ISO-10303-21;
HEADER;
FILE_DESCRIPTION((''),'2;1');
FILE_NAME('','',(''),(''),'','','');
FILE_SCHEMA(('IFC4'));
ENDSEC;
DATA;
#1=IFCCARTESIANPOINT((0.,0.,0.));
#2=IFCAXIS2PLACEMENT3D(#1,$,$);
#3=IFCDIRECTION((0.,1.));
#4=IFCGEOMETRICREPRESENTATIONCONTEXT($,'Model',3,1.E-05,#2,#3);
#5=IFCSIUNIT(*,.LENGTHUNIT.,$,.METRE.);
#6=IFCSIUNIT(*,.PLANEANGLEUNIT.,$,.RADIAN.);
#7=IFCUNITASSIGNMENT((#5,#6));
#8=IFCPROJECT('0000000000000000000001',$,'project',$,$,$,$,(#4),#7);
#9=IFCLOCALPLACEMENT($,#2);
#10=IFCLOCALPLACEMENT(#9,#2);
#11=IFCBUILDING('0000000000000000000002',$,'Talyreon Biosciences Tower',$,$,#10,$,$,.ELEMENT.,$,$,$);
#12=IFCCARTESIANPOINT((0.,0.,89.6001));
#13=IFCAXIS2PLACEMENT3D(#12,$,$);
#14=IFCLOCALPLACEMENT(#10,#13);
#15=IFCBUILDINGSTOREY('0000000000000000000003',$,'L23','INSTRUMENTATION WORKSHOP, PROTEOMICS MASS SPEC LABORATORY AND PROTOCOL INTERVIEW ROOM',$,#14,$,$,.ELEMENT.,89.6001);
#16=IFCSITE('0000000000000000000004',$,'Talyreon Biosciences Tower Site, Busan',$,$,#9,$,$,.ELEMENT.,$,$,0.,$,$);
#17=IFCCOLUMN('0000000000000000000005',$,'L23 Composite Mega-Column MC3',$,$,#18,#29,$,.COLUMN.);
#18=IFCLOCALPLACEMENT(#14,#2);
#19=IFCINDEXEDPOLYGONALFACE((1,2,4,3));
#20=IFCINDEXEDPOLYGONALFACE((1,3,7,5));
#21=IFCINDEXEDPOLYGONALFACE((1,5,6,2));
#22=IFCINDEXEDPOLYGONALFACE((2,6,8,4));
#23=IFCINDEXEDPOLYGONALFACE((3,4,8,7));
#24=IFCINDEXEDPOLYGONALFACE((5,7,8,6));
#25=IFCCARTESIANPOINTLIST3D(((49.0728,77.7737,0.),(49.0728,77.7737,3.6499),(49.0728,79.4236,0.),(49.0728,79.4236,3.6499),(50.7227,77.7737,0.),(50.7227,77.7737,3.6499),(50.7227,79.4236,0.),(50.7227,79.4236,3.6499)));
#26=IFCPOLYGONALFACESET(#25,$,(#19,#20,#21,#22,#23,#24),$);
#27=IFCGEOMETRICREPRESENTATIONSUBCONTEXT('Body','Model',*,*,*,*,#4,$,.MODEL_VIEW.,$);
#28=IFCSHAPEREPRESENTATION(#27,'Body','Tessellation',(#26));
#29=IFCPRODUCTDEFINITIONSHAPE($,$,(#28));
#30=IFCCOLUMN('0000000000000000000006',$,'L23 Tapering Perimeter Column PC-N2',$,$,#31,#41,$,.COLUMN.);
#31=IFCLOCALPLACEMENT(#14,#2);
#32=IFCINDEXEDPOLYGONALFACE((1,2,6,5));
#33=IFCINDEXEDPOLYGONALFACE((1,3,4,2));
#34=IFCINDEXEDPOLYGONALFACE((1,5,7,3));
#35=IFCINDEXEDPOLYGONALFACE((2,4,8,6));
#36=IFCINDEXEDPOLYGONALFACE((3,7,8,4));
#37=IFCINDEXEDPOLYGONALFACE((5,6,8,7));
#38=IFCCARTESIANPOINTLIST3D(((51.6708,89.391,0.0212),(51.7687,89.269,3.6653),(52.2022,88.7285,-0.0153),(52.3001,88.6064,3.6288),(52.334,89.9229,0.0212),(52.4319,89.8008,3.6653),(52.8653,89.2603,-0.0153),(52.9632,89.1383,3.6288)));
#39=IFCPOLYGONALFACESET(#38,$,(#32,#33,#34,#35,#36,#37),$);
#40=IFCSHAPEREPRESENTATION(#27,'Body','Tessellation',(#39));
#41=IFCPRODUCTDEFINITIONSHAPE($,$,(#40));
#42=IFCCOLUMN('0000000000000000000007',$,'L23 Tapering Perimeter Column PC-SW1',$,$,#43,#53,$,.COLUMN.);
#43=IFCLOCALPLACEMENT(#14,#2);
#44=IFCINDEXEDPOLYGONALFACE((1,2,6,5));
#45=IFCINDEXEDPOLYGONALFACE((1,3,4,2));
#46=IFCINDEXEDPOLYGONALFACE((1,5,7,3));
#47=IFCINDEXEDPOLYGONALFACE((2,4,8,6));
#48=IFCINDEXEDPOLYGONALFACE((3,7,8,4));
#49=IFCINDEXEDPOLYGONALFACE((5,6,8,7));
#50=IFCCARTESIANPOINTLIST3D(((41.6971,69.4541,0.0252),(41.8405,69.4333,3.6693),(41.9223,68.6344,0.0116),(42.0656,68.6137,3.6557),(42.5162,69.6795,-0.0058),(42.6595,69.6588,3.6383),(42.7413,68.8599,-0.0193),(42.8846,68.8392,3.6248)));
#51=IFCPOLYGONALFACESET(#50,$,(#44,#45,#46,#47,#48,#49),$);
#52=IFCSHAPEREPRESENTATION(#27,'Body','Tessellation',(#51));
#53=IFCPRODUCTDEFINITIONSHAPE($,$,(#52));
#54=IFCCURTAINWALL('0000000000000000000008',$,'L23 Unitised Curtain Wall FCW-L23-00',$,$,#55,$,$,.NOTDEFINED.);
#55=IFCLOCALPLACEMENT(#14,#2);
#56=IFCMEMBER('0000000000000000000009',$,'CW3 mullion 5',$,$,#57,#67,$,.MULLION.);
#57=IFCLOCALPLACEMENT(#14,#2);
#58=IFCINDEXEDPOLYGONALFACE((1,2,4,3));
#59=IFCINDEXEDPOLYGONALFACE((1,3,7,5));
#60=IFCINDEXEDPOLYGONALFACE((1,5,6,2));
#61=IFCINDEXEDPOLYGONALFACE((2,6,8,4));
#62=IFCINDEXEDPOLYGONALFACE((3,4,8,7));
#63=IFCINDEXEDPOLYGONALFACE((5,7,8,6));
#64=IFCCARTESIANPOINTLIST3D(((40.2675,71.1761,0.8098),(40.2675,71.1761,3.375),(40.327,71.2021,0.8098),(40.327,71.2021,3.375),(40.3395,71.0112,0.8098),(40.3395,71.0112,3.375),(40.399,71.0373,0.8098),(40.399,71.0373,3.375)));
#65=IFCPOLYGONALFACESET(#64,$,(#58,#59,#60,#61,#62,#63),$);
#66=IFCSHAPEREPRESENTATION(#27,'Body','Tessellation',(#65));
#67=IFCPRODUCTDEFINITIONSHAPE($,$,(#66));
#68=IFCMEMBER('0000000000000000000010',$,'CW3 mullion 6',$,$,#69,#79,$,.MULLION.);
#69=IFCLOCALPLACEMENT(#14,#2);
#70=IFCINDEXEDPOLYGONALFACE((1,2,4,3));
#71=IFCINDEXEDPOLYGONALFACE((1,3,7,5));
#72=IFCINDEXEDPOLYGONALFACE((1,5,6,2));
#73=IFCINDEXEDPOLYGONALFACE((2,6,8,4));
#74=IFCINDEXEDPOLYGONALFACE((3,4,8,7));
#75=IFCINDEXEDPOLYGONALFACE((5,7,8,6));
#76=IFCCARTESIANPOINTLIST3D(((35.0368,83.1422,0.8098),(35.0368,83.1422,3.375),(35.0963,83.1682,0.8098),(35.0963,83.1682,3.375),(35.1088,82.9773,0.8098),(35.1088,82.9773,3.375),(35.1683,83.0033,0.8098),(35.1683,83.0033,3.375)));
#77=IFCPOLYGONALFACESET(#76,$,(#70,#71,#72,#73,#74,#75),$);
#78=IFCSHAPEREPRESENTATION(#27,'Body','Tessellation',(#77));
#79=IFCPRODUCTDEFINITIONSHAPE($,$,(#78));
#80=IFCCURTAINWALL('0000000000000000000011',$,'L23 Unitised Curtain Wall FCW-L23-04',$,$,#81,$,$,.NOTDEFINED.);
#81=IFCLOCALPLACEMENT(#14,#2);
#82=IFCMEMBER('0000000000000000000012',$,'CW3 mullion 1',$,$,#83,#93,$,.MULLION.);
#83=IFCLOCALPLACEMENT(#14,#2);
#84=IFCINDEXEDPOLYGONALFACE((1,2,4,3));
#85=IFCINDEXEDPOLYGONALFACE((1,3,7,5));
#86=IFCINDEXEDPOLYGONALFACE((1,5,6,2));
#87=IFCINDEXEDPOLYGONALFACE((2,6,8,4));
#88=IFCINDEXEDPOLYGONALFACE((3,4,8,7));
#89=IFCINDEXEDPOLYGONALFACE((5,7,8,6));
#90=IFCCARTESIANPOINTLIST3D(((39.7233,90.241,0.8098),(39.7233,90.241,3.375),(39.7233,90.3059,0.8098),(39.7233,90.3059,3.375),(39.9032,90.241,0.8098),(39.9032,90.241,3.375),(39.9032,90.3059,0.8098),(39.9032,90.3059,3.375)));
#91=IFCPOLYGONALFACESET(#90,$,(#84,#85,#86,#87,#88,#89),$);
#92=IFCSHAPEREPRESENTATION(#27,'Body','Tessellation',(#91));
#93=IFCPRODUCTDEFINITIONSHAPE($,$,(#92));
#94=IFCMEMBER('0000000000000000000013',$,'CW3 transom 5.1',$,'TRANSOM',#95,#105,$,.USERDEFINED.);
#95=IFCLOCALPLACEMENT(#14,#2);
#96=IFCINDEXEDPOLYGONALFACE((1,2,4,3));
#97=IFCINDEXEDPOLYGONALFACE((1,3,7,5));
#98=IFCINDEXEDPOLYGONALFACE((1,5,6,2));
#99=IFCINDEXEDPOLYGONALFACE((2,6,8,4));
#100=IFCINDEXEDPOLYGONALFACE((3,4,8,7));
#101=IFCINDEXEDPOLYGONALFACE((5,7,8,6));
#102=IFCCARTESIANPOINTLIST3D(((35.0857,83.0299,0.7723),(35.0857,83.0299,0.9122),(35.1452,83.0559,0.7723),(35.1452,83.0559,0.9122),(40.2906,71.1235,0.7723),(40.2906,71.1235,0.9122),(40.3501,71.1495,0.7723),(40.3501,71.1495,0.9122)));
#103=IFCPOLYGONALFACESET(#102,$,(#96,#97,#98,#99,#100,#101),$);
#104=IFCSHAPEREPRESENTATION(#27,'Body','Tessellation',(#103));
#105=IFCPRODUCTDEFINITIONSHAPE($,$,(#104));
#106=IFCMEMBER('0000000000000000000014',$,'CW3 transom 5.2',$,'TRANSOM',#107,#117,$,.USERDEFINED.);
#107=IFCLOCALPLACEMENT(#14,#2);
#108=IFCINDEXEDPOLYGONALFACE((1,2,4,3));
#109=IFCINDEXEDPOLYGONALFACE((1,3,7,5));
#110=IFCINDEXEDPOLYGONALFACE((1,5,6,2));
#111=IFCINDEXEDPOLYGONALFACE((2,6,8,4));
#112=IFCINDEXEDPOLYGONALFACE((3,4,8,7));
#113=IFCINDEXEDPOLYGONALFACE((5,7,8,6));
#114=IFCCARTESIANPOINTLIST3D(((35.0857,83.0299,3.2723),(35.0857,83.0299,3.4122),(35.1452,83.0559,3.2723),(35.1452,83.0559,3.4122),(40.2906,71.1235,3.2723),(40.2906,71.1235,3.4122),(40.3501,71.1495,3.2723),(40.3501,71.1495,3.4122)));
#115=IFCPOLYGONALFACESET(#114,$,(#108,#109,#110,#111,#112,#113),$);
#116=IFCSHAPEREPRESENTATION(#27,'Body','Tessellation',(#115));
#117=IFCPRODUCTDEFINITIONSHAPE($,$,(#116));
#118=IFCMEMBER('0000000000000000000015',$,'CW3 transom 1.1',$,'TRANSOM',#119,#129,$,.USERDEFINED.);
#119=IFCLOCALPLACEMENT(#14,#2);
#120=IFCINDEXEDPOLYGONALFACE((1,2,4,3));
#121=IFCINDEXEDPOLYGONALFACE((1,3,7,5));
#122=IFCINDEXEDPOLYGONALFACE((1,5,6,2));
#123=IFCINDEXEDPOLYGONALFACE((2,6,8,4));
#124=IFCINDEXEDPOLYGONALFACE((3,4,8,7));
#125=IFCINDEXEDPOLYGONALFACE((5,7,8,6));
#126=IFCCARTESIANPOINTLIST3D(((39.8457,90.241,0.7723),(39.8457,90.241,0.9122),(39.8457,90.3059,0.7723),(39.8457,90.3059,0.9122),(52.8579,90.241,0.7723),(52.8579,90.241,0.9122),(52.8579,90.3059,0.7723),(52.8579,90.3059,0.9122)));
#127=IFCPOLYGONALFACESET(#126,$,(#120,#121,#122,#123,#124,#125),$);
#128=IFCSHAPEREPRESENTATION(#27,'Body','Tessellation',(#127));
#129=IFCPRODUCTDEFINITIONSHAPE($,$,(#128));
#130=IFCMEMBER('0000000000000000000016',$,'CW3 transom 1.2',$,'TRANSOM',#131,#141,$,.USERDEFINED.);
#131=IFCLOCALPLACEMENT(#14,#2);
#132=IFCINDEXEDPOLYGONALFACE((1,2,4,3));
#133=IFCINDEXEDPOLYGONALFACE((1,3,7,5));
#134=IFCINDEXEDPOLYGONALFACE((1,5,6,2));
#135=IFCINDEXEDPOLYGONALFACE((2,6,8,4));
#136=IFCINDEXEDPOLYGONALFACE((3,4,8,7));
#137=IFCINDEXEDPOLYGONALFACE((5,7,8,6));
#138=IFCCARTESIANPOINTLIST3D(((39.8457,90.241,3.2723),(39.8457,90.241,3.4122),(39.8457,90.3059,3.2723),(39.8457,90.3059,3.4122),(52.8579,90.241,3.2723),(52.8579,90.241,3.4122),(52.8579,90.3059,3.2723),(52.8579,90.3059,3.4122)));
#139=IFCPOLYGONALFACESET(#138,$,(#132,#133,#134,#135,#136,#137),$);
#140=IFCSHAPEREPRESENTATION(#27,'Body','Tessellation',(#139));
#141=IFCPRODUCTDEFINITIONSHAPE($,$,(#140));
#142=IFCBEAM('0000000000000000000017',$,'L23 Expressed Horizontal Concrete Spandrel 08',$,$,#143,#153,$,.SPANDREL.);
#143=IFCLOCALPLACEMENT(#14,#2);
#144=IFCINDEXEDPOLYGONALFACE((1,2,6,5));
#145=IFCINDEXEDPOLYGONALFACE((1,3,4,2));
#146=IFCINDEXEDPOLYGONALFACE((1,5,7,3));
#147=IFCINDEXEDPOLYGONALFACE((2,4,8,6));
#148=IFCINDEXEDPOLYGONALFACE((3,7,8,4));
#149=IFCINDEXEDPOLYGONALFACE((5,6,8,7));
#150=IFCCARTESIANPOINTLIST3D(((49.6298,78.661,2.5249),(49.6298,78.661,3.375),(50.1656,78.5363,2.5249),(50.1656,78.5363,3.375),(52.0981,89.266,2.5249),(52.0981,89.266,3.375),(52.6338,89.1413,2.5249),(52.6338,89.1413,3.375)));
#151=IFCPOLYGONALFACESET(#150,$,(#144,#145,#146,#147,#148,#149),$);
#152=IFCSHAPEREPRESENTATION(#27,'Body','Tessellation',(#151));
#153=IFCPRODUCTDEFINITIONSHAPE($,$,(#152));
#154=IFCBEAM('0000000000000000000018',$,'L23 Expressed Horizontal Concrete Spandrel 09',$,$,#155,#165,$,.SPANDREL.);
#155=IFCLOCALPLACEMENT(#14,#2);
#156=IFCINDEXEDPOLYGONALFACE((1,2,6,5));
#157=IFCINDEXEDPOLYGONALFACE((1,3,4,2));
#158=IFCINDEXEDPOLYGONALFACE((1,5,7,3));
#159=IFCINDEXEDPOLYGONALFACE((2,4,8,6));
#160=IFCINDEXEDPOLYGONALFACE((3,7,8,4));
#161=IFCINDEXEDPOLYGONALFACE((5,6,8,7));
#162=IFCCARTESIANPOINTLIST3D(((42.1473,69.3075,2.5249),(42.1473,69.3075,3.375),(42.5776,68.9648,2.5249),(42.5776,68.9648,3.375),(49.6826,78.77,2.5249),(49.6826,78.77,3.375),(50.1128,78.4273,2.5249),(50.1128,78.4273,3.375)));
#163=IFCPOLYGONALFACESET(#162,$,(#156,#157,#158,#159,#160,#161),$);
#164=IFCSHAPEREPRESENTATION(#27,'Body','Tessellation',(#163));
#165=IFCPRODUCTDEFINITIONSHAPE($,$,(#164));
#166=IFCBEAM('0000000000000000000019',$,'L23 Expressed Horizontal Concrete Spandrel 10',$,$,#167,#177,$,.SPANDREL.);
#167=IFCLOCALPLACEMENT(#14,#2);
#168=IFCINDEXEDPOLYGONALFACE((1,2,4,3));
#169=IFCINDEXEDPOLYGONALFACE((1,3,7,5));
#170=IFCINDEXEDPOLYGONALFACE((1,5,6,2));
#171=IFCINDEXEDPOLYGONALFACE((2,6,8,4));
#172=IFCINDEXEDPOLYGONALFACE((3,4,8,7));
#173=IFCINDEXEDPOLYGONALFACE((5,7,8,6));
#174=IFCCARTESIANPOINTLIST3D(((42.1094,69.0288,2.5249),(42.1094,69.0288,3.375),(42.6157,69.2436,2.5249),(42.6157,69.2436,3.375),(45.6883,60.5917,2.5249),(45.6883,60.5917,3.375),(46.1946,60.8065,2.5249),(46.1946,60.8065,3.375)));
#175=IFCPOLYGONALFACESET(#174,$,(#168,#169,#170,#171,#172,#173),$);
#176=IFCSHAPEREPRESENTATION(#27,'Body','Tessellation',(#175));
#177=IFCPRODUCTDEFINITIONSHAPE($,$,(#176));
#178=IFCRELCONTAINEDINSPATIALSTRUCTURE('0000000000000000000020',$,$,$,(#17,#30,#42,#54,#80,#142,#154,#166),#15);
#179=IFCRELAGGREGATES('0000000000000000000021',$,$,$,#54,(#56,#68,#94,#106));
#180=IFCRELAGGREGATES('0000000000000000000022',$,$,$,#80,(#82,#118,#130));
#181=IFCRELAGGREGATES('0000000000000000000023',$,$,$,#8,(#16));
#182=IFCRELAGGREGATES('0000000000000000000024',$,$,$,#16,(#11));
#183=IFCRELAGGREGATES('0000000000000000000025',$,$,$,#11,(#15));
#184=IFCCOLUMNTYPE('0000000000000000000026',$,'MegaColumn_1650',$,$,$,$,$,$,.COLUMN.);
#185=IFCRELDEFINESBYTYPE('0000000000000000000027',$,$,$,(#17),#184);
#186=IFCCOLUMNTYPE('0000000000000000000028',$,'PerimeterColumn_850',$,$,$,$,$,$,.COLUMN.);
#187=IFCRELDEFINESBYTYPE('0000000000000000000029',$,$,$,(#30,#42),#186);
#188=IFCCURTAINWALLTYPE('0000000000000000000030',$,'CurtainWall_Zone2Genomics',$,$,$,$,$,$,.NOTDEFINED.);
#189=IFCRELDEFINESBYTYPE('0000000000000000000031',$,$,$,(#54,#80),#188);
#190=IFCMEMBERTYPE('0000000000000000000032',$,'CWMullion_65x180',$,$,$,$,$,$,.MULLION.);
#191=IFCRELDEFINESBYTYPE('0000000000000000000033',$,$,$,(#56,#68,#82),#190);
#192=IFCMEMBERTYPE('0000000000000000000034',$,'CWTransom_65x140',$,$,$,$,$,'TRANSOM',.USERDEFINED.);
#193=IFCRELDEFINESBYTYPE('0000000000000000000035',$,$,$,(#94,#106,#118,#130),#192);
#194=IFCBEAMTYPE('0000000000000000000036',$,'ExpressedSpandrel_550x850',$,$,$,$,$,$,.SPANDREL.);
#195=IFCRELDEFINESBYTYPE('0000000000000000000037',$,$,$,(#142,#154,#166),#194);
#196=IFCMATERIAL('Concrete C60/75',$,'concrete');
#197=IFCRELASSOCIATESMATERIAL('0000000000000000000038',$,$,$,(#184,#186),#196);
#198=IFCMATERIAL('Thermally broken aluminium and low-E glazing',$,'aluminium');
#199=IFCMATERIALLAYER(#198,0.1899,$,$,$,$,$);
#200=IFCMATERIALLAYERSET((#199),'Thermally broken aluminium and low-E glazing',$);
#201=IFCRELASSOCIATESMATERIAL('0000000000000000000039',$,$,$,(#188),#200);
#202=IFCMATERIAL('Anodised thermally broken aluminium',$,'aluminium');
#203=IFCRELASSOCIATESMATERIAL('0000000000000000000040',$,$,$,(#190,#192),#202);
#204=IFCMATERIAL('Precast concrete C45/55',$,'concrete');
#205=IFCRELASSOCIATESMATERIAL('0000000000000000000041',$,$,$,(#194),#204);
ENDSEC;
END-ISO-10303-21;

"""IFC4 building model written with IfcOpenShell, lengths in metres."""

from ifc_helpers import new_model, si_unit, direction, frame, origin, origin_2d, place, context, subcontext, project, spatial, rectangle, extrude, material, layer, layer_set, material_profile, profile_set, type_object, element, aggregate, save


model = new_model("IFC4")

# Units and contexts
model_context = context("Model", 3, precision=1e-05, world=origin(), true_north=direction((0.0, 1.0)))
body_context = subcontext(model_context, "Body", "Model", "MODEL_VIEW")
ifc_project = project(units=[si_unit("LENGTHUNIT", "METRE"), si_unit("PLANEANGLEUNIT", "RADIAN")], contexts=[model_context])

# Site, building, storey
site_placement = place(None, origin())
site = spatial("IfcSite", under=ifc_project, at=site_placement, Name="Talyreon Biosciences Tower Site, Busan", CompositionType="ELEMENT", RefElevation=0.0)
building_placement = place(site_placement, origin())
building = spatial("IfcBuilding", under=site, at=building_placement, Name="Talyreon Biosciences Tower", CompositionType="ELEMENT")
storey_placement = place(building_placement, frame((0.0, 0.0, 89.6001)))
storey = spatial("IfcBuildingStorey", under=building, at=storey_placement, Name="L23", Description="INSTRUMENTATION WORKSHOP, PROTEOMICS MASS SPEC LABORATORY AND PROTOCOL INTERVIEW ROOM", CompositionType="ELEMENT", Elevation=89.6001)

# Columns
ifc_material_1 = material(Name="Concrete C60/75", Category="concrete")
ifc_material_profile_1 = material_profile(ifc_material_1, rectangle(XDim=1.6499, YDim=1.6499, at=origin_2d()), Name="RC 1650x1650")
ifc_profile_set_1 = profile_set([ifc_material_profile_1], Name="Concrete C60/75")
column_type_1 = type_object("IfcColumnType", Name="MegaColumn_1650", PredefinedType="COLUMN", material=ifc_profile_set_1)
column_1_placement = place(storey_placement, frame((49.8977, 78.5986, 0.0), z_axis=(0.0, 0.0, 1.0), x_axis=(1.0, 0.0, 0.0)))
element("IfcColumn", 1, at=column_1_placement, inside=storey, type_object=column_type_1, Name="L23 Composite Mega-Column MC3", PredefinedType="COLUMN", context=body_context, shape_type="SweptSolid", body=[
    extrude(rectangle(XDim=1.6499, YDim=1.6499, at=origin_2d()), origin(), (0.0, 0.0, 1.0), 3.6499),
])
ifc_material_profile_2 = material_profile(ifc_material_1, rectangle(XDim=0.8501, YDim=0.8501, at=origin_2d()), Name="RC 850x850")
ifc_profile_set_2 = profile_set([ifc_material_profile_2], Name="Concrete C60/75")
column_type_2 = type_object("IfcColumnType", Name="PerimeterColumn_850", PredefinedType="COLUMN", material=ifc_profile_set_2)
column_2_placement = place(storey_placement, frame((52.2681, 89.3257, 0.0029), z_axis=(0.026841, -0.033468, 0.999079), x_axis=(-0.780107, -0.625646, 0.0)))
element("IfcColumn", 2, at=column_2_placement, inside=storey, type_object=column_type_2, Name="L23 Tapering Perimeter Column PC-N2", PredefinedType="COLUMN", context=body_context, shape_type="SweptSolid", body=[
    extrude(rectangle(XDim=0.8501, YDim=0.8501, at=origin_2d()), origin(), (0.0, 0.0, 1.0), 3.6475),
])
column_3_placement = place(storey_placement, frame((42.2192, 69.157, 0.0029), z_axis=(0.039296, -0.00569, 0.999211), x_axis=(0.963493, 0.265249, -0.036381)))
element("IfcColumn", 3, at=column_3_placement, inside=storey, type_object=column_type_2, Name="L23 Tapering Perimeter Column PC-SW1", PredefinedType="COLUMN", context=body_context, shape_type="SweptSolid", body=[
    extrude(rectangle(XDim=0.8501, YDim=0.8501, at=origin_2d()), origin(), (0.0, 0.0, 1.0), 3.647),
])

# Curtain wall, members
ifc_material_2 = material(Name="Thermally broken aluminium and low-E glazing", Category="aluminium")
ifc_layer_1 = layer(ifc_material_2, 0.1899)
ifc_layer_set_1 = layer_set([ifc_layer_1], Name="Thermally broken aluminium and low-E glazing")
curtain_wall_type = type_object("IfcCurtainWallType", Name="CurtainWall_Zone2Genomics", PredefinedType="NOTDEFINED", material=ifc_layer_set_1)
curtain_wall_1_placement = place(storey_placement, origin())
curtain_wall_1 = element("IfcCurtainWall", 4, at=curtain_wall_1_placement, inside=storey, type_object=curtain_wall_type, Name="L23 Unitised Curtain Wall FCW-L23-00", PredefinedType="NOTDEFINED")
ifc_material_3 = material(Name="Anodised thermally broken aluminium", Category="aluminium")
ifc_material_profile_3 = material_profile(ifc_material_3, rectangle(XDim=0.0649, YDim=0.1799, at=origin_2d()), Name="ALUM MULLION 65x180")
ifc_profile_set_3 = profile_set([ifc_material_profile_3], Name="Anodised thermally broken aluminium")
member_type_1 = type_object("IfcMemberType", Name="CWMullion_65x180", PredefinedType="MULLION", material=ifc_profile_set_3)
member_1_placement = place(storey_placement, frame((40.3333, 71.1067, 0.8098), z_axis=(0.0, 0.0, 1.0), x_axis=(-0.916278, -0.400542, 0.0)))
member_1 = element("IfcMember", 5, at=member_1_placement, type_object=member_type_1, Name="CW3 mullion 5", PredefinedType="MULLION", context=body_context, shape_type="SweptSolid", body=[
    extrude(rectangle(XDim=0.0649, YDim=0.1799, at=origin_2d()), origin(), (0.0, 0.0, 1.0), 2.5652),
])
member_2_placement = place(storey_placement, frame((35.1025, 83.0728, 0.8098), z_axis=(0.0, 0.0, 1.0), x_axis=(-0.916278, -0.400542, 0.0)))
member_2 = element("IfcMember", 6, at=member_2_placement, type_object=member_type_1, Name="CW3 mullion 6", PredefinedType="MULLION", context=body_context, shape_type="SweptSolid", body=[
    extrude(rectangle(XDim=0.0649, YDim=0.1799, at=origin_2d()), origin(), (0.0, 0.0, 1.0), 2.5652),
])

# Curtain wall, member
curtain_wall_2_placement = place(storey_placement, origin())
curtain_wall_2 = element("IfcCurtainWall", 7, at=curtain_wall_2_placement, inside=storey, type_object=curtain_wall_type, Name="L23 Unitised Curtain Wall FCW-L23-04", PredefinedType="NOTDEFINED")
member_3_placement = place(storey_placement, frame((39.8132, 90.2734, 0.8098), z_axis=(0.0, 0.0, 1.0), x_axis=(0.0, 1.0, 0.0)))
member_3 = element("IfcMember", 8, at=member_3_placement, type_object=member_type_1, Name="CW3 mullion 1", PredefinedType="MULLION", context=body_context, shape_type="SweptSolid", body=[
    extrude(rectangle(XDim=0.0649, YDim=0.1799, at=origin_2d()), origin(), (0.0, 0.0, 1.0), 2.5652),
])

# Members
ifc_material_profile_4 = material_profile(ifc_material_3, rectangle(XDim=0.0649, YDim=0.1399, at=origin_2d()), Name="ALUM TRANSOM 65x140")
ifc_profile_set_4 = profile_set([ifc_material_profile_4], Name="Anodised thermally broken aluminium")
member_type_2 = type_object("IfcMemberType", Name="CWTransom_65x140", ElementType="TRANSOM", PredefinedType="USERDEFINED", material=ifc_profile_set_4)
member_4_placement = place(storey_placement, frame((40.3203, 71.1365, 0.8423), z_axis=(-0.400544, 0.916278, 0.0), x_axis=(-0.916278, -0.400544, 0.0)))
member_4 = element("IfcMember", 9, at=member_4_placement, type_object=member_type_2, Name="CW3 transom 5.1", ObjectType="TRANSOM", PredefinedType="USERDEFINED", context=body_context, shape_type="SweptSolid", body=[
    extrude(rectangle(XDim=0.0649, YDim=0.1399, at=origin_2d()), origin(), (0.0, 0.0, 1.0), 12.9944),
])
member_5_placement = place(storey_placement, frame((40.3203, 71.1365, 3.3423), z_axis=(-0.400544, 0.916278, 0.0), x_axis=(-0.916278, -0.400544, 0.0)))
member_5 = element("IfcMember", 10, at=member_5_placement, type_object=member_type_2, Name="CW3 transom 5.2", ObjectType="TRANSOM", PredefinedType="USERDEFINED", context=body_context, shape_type="SweptSolid", body=[
    extrude(rectangle(XDim=0.0649, YDim=0.1399, at=origin_2d()), origin(), (0.0, 0.0, 1.0), 12.9944),
])
member_6_placement = place(storey_placement, frame((39.8457, 90.2734, 0.8423), z_axis=(1.0, 0.0, 0.0), x_axis=(0.0, 1.0, 0.0)))
member_6 = element("IfcMember", 11, at=member_6_placement, type_object=member_type_2, Name="CW3 transom 1.1", ObjectType="TRANSOM", PredefinedType="USERDEFINED", context=body_context, shape_type="SweptSolid", body=[
    extrude(rectangle(XDim=0.0649, YDim=0.1399, at=origin_2d()), origin(), (0.0, 0.0, 1.0), 13.0122),
])
member_7_placement = place(storey_placement, frame((39.8457, 90.2734, 3.3423), z_axis=(1.0, 0.0, 0.0), x_axis=(0.0, 1.0, 0.0)))
member_7 = element("IfcMember", 12, at=member_7_placement, type_object=member_type_2, Name="CW3 transom 1.2", ObjectType="TRANSOM", PredefinedType="USERDEFINED", context=body_context, shape_type="SweptSolid", body=[
    extrude(rectangle(XDim=0.0649, YDim=0.1399, at=origin_2d()), origin(), (0.0, 0.0, 1.0), 13.0122),
])

# Beams
ifc_material_4 = material(Name="Precast concrete C45/55", Category="concrete")
ifc_material_profile_5 = material_profile(ifc_material_4, rectangle(XDim=0.55, YDim=0.8501, at=origin_2d()), Name="RCB 550x850")
ifc_profile_set_5 = profile_set([ifc_material_profile_5], Name="Precast concrete C45/55")
beam_type_1 = type_object("IfcBeamType", Name="ExpressedSpandrel_550x850", PredefinedType="SPANDREL", material=ifc_profile_set_5)
beam_1_placement = place(storey_placement, frame((52.366, 89.2036, 2.95), z_axis=(-0.226687, -0.973968, 0.0), x_axis=(0.973968, -0.226687, 0.0)))
element("IfcBeam", 13, at=beam_1_placement, inside=storey, type_object=beam_type_1, Name="L23 Expressed Horizontal Concrete Spandrel 08", PredefinedType="SPANDREL", context=body_context, shape_type="SweptSolid", body=[
    extrude(rectangle(XDim=0.55, YDim=0.8501, at=origin_2d()), origin(), (0.0, 0.0, 1.0), 10.8884),
])
beam_2_placement = place(storey_placement, frame((49.8977, 78.5986, 2.95), z_axis=(-0.622941, -0.782269, 0.0), x_axis=(0.782269, -0.622941, 0.0)))
element("IfcBeam", 14, at=beam_2_placement, inside=storey, type_object=beam_type_1, Name="L23 Expressed Horizontal Concrete Spandrel 09", PredefinedType="SPANDREL", context=body_context, shape_type="SweptSolid", body=[
    extrude(rectangle(XDim=0.55, YDim=0.8501, at=origin_2d()), origin(), (0.0, 0.0, 1.0), 12.0962),
])
beam_3_placement = place(storey_placement, frame((42.3625, 69.1362, 2.95), z_axis=(0.390505, -0.920601, 0.0), x_axis=(0.920601, 0.390505, 0.0)))
element("IfcBeam", 15, at=beam_3_placement, inside=storey, type_object=beam_type_1, Name="L23 Expressed Horizontal Concrete Spandrel 10", PredefinedType="SPANDREL", context=body_context, shape_type="SweptSolid", body=[
    extrude(rectangle(XDim=0.55, YDim=0.8501, at=origin_2d()), origin(), (0.0, 0.0, 1.0), 9.1648),
])

aggregate(curtain_wall_1, [member_1, member_2, member_4, member_5])
aggregate(curtain_wall_2, [member_3, member_6, member_7])

save(model, "model.ifc")
